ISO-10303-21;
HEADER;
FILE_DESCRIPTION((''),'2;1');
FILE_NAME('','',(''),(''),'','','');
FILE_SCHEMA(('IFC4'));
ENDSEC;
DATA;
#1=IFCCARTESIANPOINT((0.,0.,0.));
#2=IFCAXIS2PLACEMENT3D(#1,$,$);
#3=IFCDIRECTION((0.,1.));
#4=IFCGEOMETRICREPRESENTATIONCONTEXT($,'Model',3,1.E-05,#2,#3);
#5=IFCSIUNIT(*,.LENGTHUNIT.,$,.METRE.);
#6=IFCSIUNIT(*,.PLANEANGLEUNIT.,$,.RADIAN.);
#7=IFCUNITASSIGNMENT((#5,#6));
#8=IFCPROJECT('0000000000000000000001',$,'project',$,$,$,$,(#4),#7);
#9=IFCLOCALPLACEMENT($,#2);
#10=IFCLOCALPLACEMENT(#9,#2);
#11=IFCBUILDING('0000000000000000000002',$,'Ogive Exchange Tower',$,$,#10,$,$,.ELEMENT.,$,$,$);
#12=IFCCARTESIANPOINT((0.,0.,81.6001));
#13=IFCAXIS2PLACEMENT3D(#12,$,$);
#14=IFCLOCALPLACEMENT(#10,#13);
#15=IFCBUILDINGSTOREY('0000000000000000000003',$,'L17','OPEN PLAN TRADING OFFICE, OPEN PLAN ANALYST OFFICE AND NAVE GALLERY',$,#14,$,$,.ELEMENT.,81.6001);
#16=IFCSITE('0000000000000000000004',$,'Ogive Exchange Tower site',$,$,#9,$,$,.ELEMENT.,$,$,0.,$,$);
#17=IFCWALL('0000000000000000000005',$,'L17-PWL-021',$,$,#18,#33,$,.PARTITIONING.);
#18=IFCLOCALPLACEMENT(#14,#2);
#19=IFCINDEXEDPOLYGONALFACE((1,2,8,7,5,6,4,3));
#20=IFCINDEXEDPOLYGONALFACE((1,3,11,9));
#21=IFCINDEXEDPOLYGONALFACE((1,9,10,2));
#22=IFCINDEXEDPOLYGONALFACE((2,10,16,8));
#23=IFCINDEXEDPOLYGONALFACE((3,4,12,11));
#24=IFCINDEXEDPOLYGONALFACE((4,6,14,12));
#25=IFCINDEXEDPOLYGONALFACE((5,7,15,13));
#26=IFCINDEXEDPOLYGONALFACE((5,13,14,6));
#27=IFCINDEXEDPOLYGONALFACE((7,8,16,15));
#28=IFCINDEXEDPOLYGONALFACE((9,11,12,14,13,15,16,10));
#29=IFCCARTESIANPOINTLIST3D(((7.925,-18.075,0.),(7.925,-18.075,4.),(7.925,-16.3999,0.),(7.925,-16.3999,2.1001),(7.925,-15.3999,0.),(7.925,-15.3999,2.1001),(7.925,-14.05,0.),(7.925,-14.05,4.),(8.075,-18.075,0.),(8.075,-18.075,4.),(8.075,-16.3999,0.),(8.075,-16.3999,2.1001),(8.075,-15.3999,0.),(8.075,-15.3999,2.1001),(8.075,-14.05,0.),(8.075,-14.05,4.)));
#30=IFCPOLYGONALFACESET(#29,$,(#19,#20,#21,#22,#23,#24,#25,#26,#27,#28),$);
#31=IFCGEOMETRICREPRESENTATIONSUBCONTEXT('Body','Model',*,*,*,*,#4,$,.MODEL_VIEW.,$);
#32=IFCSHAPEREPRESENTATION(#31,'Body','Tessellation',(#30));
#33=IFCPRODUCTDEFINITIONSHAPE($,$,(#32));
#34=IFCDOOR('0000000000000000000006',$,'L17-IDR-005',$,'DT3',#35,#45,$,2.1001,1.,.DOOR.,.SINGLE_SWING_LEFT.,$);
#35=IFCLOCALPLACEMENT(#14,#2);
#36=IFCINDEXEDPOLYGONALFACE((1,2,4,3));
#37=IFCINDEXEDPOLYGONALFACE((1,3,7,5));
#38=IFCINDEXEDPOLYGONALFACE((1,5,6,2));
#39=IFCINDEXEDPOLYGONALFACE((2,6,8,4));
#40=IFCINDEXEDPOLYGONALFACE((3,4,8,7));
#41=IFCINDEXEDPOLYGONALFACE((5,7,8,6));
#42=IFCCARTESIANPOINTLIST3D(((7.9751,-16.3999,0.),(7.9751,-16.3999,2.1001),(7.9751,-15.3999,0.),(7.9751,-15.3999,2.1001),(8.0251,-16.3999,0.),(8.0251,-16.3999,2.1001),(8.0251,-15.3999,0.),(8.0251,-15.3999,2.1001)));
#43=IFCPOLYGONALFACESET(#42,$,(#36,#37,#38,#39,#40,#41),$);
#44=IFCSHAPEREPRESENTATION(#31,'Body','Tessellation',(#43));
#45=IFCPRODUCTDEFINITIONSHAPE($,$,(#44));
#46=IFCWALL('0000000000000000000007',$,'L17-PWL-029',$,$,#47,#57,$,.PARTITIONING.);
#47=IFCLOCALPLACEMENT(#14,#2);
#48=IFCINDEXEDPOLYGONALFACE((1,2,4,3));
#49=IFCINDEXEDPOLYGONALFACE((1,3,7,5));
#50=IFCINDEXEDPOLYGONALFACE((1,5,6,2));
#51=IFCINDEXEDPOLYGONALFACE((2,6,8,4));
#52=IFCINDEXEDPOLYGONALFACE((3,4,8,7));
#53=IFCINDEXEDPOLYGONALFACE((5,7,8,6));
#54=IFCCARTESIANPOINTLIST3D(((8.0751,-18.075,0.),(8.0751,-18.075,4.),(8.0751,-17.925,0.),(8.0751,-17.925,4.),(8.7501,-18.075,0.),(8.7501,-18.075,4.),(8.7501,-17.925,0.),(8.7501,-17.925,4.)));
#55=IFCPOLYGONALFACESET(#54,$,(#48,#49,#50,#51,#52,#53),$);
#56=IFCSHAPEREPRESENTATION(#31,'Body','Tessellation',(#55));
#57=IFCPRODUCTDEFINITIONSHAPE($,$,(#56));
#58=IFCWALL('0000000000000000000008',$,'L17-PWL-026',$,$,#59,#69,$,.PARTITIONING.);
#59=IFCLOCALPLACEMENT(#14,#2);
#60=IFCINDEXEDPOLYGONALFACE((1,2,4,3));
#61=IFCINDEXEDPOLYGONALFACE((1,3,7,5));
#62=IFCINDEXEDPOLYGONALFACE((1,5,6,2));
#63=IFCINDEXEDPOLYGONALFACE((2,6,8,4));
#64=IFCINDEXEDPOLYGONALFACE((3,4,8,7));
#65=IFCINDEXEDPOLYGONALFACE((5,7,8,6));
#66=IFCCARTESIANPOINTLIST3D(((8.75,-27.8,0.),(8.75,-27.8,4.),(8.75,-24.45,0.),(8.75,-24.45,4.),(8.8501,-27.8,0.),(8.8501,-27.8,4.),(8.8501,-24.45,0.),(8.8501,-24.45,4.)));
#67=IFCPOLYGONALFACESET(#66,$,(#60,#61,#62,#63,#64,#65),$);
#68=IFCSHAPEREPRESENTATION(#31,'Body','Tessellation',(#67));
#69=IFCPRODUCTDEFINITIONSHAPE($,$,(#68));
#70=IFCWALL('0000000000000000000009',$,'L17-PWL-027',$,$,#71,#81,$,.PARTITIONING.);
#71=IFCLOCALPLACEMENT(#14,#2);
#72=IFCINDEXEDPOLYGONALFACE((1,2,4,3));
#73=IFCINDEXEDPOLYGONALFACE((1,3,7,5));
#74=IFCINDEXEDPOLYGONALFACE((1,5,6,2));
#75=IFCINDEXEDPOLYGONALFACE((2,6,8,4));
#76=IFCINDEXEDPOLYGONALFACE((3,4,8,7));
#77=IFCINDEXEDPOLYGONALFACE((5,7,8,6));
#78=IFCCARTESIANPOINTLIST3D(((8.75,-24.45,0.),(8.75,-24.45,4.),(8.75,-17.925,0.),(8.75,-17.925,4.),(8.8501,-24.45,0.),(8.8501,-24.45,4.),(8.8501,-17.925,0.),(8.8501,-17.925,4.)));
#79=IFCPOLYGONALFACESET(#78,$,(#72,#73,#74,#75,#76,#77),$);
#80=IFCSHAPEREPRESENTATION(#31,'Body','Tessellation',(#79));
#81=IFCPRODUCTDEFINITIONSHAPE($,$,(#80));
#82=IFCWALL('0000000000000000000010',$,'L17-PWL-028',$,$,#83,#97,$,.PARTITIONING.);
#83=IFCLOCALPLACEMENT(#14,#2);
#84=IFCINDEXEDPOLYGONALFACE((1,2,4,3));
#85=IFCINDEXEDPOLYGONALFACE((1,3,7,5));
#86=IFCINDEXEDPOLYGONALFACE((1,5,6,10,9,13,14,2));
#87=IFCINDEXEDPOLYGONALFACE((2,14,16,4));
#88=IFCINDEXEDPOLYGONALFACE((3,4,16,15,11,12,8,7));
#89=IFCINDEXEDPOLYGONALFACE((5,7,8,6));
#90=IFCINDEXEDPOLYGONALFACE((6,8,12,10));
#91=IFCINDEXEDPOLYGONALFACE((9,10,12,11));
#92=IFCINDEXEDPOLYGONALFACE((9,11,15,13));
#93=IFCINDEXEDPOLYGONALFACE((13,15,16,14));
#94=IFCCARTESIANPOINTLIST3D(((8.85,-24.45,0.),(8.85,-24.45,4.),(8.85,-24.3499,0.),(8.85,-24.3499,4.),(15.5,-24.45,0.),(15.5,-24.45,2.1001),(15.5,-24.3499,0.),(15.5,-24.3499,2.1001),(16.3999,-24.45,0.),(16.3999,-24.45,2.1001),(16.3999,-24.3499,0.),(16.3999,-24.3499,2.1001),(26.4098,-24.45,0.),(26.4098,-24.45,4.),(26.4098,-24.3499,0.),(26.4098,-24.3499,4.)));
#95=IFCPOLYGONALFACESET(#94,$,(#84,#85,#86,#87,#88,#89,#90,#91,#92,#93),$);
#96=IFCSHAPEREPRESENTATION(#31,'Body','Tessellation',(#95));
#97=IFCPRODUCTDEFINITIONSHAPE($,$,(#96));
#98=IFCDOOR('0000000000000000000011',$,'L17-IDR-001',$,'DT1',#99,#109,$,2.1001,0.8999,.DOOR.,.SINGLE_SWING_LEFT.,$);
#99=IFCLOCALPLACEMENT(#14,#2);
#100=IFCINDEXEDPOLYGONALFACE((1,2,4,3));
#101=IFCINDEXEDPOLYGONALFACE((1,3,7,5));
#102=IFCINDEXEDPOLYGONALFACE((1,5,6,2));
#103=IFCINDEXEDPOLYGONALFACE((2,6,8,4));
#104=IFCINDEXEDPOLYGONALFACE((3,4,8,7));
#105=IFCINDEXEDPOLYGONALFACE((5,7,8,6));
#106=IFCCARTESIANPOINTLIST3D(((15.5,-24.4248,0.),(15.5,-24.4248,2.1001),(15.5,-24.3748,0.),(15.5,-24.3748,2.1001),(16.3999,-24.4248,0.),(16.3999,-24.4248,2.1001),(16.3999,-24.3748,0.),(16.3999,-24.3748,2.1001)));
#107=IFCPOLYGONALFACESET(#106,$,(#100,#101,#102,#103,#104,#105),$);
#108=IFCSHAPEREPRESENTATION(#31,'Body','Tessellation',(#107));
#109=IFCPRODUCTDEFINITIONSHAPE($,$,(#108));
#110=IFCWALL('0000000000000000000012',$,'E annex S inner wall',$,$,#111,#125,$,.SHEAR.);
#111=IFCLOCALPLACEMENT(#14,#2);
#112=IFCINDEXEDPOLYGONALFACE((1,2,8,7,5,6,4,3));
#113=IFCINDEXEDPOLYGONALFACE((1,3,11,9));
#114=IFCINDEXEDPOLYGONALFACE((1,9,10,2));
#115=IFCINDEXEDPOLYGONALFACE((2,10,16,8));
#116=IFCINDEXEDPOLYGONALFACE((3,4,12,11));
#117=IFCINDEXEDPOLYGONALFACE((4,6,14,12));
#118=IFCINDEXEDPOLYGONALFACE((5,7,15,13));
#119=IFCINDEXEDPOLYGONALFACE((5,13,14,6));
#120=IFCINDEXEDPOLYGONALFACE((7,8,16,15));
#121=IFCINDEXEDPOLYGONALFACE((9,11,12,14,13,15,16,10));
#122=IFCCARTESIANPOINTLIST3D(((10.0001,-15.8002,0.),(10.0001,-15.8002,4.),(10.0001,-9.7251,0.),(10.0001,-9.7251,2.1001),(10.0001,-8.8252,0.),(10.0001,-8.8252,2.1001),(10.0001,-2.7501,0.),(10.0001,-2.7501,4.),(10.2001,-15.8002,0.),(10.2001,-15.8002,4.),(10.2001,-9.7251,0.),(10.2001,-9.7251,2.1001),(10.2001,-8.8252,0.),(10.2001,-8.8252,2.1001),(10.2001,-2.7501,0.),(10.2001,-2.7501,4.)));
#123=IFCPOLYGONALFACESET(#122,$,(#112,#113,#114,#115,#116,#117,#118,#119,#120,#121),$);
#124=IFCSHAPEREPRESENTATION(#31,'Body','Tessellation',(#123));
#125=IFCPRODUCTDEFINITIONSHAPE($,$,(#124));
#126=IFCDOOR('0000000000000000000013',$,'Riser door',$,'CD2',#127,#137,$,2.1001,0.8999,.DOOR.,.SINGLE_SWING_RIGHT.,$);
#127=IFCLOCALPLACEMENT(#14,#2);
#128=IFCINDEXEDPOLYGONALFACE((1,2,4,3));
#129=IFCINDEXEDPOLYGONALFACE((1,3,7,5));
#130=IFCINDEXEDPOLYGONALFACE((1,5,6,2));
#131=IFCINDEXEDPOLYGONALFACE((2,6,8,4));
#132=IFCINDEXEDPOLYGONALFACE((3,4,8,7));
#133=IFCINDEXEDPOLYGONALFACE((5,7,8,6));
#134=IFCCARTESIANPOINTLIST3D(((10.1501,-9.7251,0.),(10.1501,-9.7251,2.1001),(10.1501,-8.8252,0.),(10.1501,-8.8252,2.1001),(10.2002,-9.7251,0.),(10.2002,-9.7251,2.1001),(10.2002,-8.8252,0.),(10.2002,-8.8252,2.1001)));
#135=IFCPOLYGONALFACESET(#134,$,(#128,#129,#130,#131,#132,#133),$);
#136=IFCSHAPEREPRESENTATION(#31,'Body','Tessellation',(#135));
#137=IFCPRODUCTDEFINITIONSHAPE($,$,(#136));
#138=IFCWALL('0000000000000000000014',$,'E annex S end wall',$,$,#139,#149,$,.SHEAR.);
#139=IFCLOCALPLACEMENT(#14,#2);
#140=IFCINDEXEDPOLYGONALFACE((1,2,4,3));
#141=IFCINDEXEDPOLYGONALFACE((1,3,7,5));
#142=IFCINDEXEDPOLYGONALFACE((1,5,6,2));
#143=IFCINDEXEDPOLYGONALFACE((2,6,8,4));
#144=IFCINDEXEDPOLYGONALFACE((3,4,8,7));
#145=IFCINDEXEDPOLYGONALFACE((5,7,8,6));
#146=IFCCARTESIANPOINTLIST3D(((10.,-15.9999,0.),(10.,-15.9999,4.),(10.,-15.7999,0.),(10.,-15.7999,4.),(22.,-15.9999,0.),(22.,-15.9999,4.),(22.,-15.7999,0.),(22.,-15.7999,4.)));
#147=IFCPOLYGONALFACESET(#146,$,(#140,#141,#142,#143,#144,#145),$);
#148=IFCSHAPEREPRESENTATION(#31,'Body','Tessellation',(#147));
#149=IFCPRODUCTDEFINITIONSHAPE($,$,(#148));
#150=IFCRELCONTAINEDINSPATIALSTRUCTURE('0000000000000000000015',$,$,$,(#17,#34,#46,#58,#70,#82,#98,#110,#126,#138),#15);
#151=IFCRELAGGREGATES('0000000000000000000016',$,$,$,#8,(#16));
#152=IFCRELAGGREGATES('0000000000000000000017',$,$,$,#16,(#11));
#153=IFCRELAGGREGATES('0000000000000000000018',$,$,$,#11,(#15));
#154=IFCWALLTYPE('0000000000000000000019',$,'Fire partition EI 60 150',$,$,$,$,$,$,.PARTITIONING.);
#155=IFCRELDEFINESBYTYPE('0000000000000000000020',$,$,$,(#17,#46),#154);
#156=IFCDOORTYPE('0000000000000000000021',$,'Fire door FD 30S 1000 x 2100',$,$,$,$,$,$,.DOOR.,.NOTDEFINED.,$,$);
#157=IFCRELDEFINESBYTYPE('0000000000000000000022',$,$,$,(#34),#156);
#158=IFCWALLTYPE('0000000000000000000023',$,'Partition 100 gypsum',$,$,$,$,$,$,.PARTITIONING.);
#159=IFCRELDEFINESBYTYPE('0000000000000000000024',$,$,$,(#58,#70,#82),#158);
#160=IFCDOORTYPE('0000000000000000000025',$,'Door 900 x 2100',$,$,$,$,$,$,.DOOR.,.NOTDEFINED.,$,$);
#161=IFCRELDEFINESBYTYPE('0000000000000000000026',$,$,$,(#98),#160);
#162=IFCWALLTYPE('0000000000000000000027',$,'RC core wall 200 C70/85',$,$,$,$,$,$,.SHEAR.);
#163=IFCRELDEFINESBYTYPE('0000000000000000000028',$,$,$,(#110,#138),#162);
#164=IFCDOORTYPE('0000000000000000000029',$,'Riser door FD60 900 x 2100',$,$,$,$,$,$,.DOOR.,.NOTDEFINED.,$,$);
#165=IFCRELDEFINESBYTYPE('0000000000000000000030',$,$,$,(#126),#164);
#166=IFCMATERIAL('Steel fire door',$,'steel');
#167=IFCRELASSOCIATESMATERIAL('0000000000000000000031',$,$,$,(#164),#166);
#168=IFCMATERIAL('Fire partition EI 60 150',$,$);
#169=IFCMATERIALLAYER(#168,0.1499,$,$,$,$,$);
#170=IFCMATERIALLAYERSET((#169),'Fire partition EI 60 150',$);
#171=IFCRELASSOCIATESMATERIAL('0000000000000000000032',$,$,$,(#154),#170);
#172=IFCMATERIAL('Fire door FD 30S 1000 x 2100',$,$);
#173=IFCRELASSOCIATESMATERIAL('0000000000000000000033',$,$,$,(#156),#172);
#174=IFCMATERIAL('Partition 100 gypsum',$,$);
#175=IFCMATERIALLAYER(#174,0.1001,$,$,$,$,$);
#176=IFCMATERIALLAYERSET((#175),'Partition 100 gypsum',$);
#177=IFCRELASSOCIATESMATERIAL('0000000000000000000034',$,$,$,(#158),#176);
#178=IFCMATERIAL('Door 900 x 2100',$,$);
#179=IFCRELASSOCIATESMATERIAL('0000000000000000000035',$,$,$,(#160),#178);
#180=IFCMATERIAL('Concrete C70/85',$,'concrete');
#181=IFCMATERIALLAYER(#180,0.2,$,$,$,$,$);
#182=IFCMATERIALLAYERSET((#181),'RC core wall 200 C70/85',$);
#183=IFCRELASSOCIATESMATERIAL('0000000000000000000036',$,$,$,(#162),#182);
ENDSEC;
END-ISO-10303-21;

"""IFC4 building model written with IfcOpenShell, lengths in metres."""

from ifc_helpers import new_model, si_unit, direction, frame, frame_2d, origin, place, context, subcontext, project, spatial, rectangle, extrude, material, layer, layer_set, type_object, element, fill, save


model = new_model("IFC4")

# Units and contexts
model_context = context("Model", 3, precision=1e-05, world=origin(), true_north=direction((0.0, 1.0)))
body_context = subcontext(model_context, "Body", "Model", "MODEL_VIEW")
ifc_project = project(units=[si_unit("LENGTHUNIT", "METRE"), si_unit("PLANEANGLEUNIT", "RADIAN")], contexts=[model_context])

# Site, building, storey
site_placement = place(None, origin())
site = spatial("IfcSite", under=ifc_project, at=site_placement, Name="Ogive Exchange Tower site", CompositionType="ELEMENT", RefElevation=0.0)
building_placement = place(site_placement, origin())
building = spatial("IfcBuilding", under=site, at=building_placement, Name="Ogive Exchange Tower", CompositionType="ELEMENT")
storey_placement = place(building_placement, frame((0.0, 0.0, 81.6001)))
storey = spatial("IfcBuildingStorey", under=building, at=storey_placement, Name="L17", Description="OPEN PLAN TRADING OFFICE, OPEN PLAN ANALYST OFFICE AND NAVE GALLERY", CompositionType="ELEMENT", Elevation=81.6001)

# Wall, opening, door
ifc_material_1 = material(Name="Steel fire door", Category="steel")
door_type_1 = type_object("IfcDoorType", Name="Riser door FD60 900 x 2100", OperationType="NOTDEFINED", PredefinedType="DOOR", material=ifc_material_1)
ifc_material_2 = material(Name="Fire partition EI 60 150")
ifc_layer_1 = layer(ifc_material_2, 0.1499)
ifc_layer_set_1 = layer_set([ifc_layer_1], Name="Fire partition EI 60 150")
wall_type_1 = type_object("IfcWallType", Name="Fire partition EI 60 150", PredefinedType="PARTITIONING", material=ifc_layer_set_1)
wall_1_placement = place(storey_placement, frame((8.0, -18.075, 0.0), z_axis=(0.0, 0.0, 1.0), x_axis=(0.0, 1.0, 0.0)))
wall_1 = element("IfcWall", 1, at=wall_1_placement, inside=storey, type_object=wall_type_1, Name="L17-PWL-021", PredefinedType="PARTITIONING", context=body_context, shape_type="SweptSolid", body=[
    extrude(rectangle(XDim=4.0249, YDim=0.1499, at=frame_2d((2.0125, 0.0))), origin(), (0.0, 0.0, 1.0), 4.0),
])
opening_1_placement = place(wall_1_placement, frame((1.675, 0.0, 0.0)))
opening_1 = element("IfcOpeningElement", 2, at=opening_1_placement, cuts=wall_1, PredefinedType="OPENING", context=body_context, shape_type="SweptSolid", body=[
    extrude(rectangle(XDim=1.0, YDim=2.1001, at=frame_2d((0.5, 1.05))), frame((0.0, 0.085, 0.0), z_axis=(0.0, -1.0, 0.0), x_axis=(1.0, 0.0, 0.0)), (0.0, 0.0, 1.0), 0.1699),
])
ifc_material_3 = material(Name="Fire door FD 30S 1000 x 2100")
door_type_2 = type_object("IfcDoorType", Name="Fire door FD 30S 1000 x 2100", OperationType="NOTDEFINED", PredefinedType="DOOR", material=ifc_material_3)
door_1_placement = place(opening_1_placement, origin())
door_1 = element("IfcDoor", 3, at=door_1_placement, inside=storey, type_object=door_type_2, Name="L17-IDR-005", ObjectType="DT3", OperationType="SINGLE_SWING_LEFT", OverallHeight=2.1001, OverallWidth=1.0, PredefinedType="DOOR", context=body_context, shape_type="SweptSolid", body=[
    extrude(rectangle(XDim=1.0, YDim=2.1001, at=frame_2d((0.5, 1.05))), frame((0.0, 0.0249, 0.0), z_axis=(0.0, -1.0, 0.0), x_axis=(1.0, 0.0, 0.0)), (0.0, 0.0, 1.0), 0.05),
])
fill(opening_1, door_1)

# Walls
wall_2_placement = place(storey_placement, frame((8.75, -18.0, 0.0), z_axis=(0.0, 0.0, 1.0), x_axis=(-1.0, 0.0, 0.0)))
element("IfcWall", 4, at=wall_2_placement, inside=storey, type_object=wall_type_1, Name="L17-PWL-029", PredefinedType="PARTITIONING", context=body_context, shape_type="SweptSolid", body=[
    extrude(rectangle(XDim=0.675, YDim=0.1499, at=frame_2d((0.3374, 0.0))), origin(), (0.0, 0.0, 1.0), 4.0),
])
ifc_material_4 = material(Name="Partition 100 gypsum")
ifc_layer_2 = layer(ifc_material_4, 0.1001)
ifc_layer_set_2 = layer_set([ifc_layer_2], Name="Partition 100 gypsum")
wall_type_2 = type_object("IfcWallType", Name="Partition 100 gypsum", PredefinedType="PARTITIONING", material=ifc_layer_set_2)
wall_3_placement = place(storey_placement, frame((8.8, -27.8, 0.0), z_axis=(0.0, 0.0, 1.0), x_axis=(0.0, 1.0, 0.0)))
element("IfcWall", 5, at=wall_3_placement, inside=storey, type_object=wall_type_2, Name="L17-PWL-026", PredefinedType="PARTITIONING", context=body_context, shape_type="SweptSolid", body=[
    extrude(rectangle(XDim=3.3501, YDim=0.1001, at=frame_2d((1.675, 0.0))), origin(), (0.0, 0.0, 1.0), 4.0),
])
wall_4_placement = place(storey_placement, frame((8.8, -24.45, 0.0), z_axis=(0.0, 0.0, 1.0), x_axis=(0.0, 1.0, 0.0)))
element("IfcWall", 6, at=wall_4_placement, inside=storey, type_object=wall_type_2, Name="L17-PWL-027", PredefinedType="PARTITIONING", context=body_context, shape_type="SweptSolid", body=[
    extrude(rectangle(XDim=6.5249, YDim=0.1001, at=frame_2d((3.2625, 0.0))), origin(), (0.0, 0.0, 1.0), 4.0),
])

# Walls, openings, doors
wall_5_placement = place(storey_placement, frame((8.8501, -24.3999, 0.0), z_axis=(0.0, 0.0, 1.0), x_axis=(1.0, 0.0, 0.0)))
wall_5 = element("IfcWall", 7, at=wall_5_placement, inside=storey, type_object=wall_type_2, Name="L17-PWL-028", PredefinedType="PARTITIONING", context=body_context, shape_type="SweptSolid", body=[
    extrude(rectangle(XDim=17.5598, YDim=0.1001, at=frame_2d((8.7798, 0.0))), origin(), (0.0, 0.0, 1.0), 4.0),
])
opening_2_placement = place(wall_5_placement, frame((6.6499, 0.0, 0.0)))
opening_2 = element("IfcOpeningElement", 8, at=opening_2_placement, cuts=wall_5, PredefinedType="OPENING", context=body_context, shape_type="SweptSolid", body=[
    extrude(rectangle(XDim=0.8999, YDim=2.1001, at=frame_2d((0.45, 1.05))), frame((0.0, 0.0601, 0.0), z_axis=(0.0, -1.0, 0.0), x_axis=(1.0, 0.0, 0.0)), (0.0, 0.0, 1.0), 0.1201),
])
ifc_material_5 = material(Name="Door 900 x 2100")
door_type_3 = type_object("IfcDoorType", Name="Door 900 x 2100", OperationType="NOTDEFINED", PredefinedType="DOOR", material=ifc_material_5)
door_2_placement = place(opening_2_placement, frame((0.8999, 0.0, 0.0), z_axis=(0.0, 0.0, 1.0), x_axis=(-1.0, 0.0, 0.0)))
door_2 = element("IfcDoor", 9, at=door_2_placement, inside=storey, type_object=door_type_3, Name="L17-IDR-001", ObjectType="DT1", OperationType="SINGLE_SWING_LEFT", OverallHeight=2.1001, OverallWidth=0.8999, PredefinedType="DOOR", context=body_context, shape_type="SweptSolid", body=[
    extrude(rectangle(XDim=0.8999, YDim=2.1001, at=frame_2d((0.45, 1.05))), frame((0.0, 0.0249, 0.0), z_axis=(0.0, -1.0, 0.0), x_axis=(1.0, 0.0, 0.0)), (0.0, 0.0, 1.0), 0.05),
])
fill(opening_2, door_2)
ifc_material_6 = material(Name="Concrete C70/85", Category="concrete")
ifc_layer_3 = layer(ifc_material_6, 0.2)
ifc_layer_set_3 = layer_set([ifc_layer_3], Name="RC core wall 200 C70/85")
wall_type_3 = type_object("IfcWallType", Name="RC core wall 200 C70/85", PredefinedType="SHEAR", material=ifc_layer_set_3)
wall_6_placement = place(storey_placement, frame((10.1001, -15.8, 0.0), z_axis=(0.0, 0.0, 1.0), x_axis=(0.0, 1.0, 0.0)))
wall_6 = element("IfcWall", 10, at=wall_6_placement, inside=storey, type_object=wall_type_3, Name="E annex S inner wall", PredefinedType="SHEAR", context=body_context, shape_type="SweptSolid", body=[
    extrude(rectangle(XDim=13.05, YDim=0.2, at=frame_2d((6.5249, 0.0))), origin(), (0.0, 0.0, 1.0), 4.0),
])
opening_3_placement = place(wall_6_placement, frame((6.075, 0.0, 0.0)))
opening_3 = element("IfcOpeningElement", 11, at=opening_3_placement, cuts=wall_6, PredefinedType="OPENING", context=body_context, shape_type="SweptSolid", body=[
    extrude(rectangle(XDim=0.8999, YDim=2.1001, at=frame_2d((0.45, 1.05))), frame((0.0, 0.1099, 0.0), z_axis=(0.0, -1.0, 0.0), x_axis=(1.0, 0.0, 0.0)), (0.0, 0.0, 1.0), 0.22),
])
door_3_placement = place(opening_3_placement, frame((0.8999, -0.1499, 0.0), z_axis=(0.0, 0.0, 1.0), x_axis=(-1.0, 0.0, 0.0)))
door_3 = element("IfcDoor", 12, at=door_3_placement, inside=storey, type_object=door_type_1, Name="Riser door", ObjectType="CD2", OperationType="SINGLE_SWING_RIGHT", OverallHeight=2.1001, OverallWidth=0.8999, PredefinedType="DOOR", context=body_context, shape_type="SweptSolid", body=[
    extrude(rectangle(XDim=0.8999, YDim=2.1001, at=frame_2d((0.45, 1.05))), frame((0.0, -0.0498, 0.0), z_axis=(0.0, -1.0, 0.0), x_axis=(1.0, 0.0, 0.0)), (0.0, 0.0, 1.0), 0.05),
])
fill(opening_3, door_3)

# Wall
wall_7_placement = place(storey_placement, frame((10.0, -15.8999, 0.0), z_axis=(0.0, 0.0, 1.0), x_axis=(1.0, 0.0, 0.0)))
element("IfcWall", 13, at=wall_7_placement, inside=storey, type_object=wall_type_3, Name="E annex S end wall", PredefinedType="SHEAR", context=body_context, shape_type="SweptSolid", body=[
    extrude(rectangle(XDim=12.0, YDim=0.2, at=frame_2d((6.0, 0.0))), origin(), (0.0, 0.0, 1.0), 4.0),
])

save(model, "model.ifc")
